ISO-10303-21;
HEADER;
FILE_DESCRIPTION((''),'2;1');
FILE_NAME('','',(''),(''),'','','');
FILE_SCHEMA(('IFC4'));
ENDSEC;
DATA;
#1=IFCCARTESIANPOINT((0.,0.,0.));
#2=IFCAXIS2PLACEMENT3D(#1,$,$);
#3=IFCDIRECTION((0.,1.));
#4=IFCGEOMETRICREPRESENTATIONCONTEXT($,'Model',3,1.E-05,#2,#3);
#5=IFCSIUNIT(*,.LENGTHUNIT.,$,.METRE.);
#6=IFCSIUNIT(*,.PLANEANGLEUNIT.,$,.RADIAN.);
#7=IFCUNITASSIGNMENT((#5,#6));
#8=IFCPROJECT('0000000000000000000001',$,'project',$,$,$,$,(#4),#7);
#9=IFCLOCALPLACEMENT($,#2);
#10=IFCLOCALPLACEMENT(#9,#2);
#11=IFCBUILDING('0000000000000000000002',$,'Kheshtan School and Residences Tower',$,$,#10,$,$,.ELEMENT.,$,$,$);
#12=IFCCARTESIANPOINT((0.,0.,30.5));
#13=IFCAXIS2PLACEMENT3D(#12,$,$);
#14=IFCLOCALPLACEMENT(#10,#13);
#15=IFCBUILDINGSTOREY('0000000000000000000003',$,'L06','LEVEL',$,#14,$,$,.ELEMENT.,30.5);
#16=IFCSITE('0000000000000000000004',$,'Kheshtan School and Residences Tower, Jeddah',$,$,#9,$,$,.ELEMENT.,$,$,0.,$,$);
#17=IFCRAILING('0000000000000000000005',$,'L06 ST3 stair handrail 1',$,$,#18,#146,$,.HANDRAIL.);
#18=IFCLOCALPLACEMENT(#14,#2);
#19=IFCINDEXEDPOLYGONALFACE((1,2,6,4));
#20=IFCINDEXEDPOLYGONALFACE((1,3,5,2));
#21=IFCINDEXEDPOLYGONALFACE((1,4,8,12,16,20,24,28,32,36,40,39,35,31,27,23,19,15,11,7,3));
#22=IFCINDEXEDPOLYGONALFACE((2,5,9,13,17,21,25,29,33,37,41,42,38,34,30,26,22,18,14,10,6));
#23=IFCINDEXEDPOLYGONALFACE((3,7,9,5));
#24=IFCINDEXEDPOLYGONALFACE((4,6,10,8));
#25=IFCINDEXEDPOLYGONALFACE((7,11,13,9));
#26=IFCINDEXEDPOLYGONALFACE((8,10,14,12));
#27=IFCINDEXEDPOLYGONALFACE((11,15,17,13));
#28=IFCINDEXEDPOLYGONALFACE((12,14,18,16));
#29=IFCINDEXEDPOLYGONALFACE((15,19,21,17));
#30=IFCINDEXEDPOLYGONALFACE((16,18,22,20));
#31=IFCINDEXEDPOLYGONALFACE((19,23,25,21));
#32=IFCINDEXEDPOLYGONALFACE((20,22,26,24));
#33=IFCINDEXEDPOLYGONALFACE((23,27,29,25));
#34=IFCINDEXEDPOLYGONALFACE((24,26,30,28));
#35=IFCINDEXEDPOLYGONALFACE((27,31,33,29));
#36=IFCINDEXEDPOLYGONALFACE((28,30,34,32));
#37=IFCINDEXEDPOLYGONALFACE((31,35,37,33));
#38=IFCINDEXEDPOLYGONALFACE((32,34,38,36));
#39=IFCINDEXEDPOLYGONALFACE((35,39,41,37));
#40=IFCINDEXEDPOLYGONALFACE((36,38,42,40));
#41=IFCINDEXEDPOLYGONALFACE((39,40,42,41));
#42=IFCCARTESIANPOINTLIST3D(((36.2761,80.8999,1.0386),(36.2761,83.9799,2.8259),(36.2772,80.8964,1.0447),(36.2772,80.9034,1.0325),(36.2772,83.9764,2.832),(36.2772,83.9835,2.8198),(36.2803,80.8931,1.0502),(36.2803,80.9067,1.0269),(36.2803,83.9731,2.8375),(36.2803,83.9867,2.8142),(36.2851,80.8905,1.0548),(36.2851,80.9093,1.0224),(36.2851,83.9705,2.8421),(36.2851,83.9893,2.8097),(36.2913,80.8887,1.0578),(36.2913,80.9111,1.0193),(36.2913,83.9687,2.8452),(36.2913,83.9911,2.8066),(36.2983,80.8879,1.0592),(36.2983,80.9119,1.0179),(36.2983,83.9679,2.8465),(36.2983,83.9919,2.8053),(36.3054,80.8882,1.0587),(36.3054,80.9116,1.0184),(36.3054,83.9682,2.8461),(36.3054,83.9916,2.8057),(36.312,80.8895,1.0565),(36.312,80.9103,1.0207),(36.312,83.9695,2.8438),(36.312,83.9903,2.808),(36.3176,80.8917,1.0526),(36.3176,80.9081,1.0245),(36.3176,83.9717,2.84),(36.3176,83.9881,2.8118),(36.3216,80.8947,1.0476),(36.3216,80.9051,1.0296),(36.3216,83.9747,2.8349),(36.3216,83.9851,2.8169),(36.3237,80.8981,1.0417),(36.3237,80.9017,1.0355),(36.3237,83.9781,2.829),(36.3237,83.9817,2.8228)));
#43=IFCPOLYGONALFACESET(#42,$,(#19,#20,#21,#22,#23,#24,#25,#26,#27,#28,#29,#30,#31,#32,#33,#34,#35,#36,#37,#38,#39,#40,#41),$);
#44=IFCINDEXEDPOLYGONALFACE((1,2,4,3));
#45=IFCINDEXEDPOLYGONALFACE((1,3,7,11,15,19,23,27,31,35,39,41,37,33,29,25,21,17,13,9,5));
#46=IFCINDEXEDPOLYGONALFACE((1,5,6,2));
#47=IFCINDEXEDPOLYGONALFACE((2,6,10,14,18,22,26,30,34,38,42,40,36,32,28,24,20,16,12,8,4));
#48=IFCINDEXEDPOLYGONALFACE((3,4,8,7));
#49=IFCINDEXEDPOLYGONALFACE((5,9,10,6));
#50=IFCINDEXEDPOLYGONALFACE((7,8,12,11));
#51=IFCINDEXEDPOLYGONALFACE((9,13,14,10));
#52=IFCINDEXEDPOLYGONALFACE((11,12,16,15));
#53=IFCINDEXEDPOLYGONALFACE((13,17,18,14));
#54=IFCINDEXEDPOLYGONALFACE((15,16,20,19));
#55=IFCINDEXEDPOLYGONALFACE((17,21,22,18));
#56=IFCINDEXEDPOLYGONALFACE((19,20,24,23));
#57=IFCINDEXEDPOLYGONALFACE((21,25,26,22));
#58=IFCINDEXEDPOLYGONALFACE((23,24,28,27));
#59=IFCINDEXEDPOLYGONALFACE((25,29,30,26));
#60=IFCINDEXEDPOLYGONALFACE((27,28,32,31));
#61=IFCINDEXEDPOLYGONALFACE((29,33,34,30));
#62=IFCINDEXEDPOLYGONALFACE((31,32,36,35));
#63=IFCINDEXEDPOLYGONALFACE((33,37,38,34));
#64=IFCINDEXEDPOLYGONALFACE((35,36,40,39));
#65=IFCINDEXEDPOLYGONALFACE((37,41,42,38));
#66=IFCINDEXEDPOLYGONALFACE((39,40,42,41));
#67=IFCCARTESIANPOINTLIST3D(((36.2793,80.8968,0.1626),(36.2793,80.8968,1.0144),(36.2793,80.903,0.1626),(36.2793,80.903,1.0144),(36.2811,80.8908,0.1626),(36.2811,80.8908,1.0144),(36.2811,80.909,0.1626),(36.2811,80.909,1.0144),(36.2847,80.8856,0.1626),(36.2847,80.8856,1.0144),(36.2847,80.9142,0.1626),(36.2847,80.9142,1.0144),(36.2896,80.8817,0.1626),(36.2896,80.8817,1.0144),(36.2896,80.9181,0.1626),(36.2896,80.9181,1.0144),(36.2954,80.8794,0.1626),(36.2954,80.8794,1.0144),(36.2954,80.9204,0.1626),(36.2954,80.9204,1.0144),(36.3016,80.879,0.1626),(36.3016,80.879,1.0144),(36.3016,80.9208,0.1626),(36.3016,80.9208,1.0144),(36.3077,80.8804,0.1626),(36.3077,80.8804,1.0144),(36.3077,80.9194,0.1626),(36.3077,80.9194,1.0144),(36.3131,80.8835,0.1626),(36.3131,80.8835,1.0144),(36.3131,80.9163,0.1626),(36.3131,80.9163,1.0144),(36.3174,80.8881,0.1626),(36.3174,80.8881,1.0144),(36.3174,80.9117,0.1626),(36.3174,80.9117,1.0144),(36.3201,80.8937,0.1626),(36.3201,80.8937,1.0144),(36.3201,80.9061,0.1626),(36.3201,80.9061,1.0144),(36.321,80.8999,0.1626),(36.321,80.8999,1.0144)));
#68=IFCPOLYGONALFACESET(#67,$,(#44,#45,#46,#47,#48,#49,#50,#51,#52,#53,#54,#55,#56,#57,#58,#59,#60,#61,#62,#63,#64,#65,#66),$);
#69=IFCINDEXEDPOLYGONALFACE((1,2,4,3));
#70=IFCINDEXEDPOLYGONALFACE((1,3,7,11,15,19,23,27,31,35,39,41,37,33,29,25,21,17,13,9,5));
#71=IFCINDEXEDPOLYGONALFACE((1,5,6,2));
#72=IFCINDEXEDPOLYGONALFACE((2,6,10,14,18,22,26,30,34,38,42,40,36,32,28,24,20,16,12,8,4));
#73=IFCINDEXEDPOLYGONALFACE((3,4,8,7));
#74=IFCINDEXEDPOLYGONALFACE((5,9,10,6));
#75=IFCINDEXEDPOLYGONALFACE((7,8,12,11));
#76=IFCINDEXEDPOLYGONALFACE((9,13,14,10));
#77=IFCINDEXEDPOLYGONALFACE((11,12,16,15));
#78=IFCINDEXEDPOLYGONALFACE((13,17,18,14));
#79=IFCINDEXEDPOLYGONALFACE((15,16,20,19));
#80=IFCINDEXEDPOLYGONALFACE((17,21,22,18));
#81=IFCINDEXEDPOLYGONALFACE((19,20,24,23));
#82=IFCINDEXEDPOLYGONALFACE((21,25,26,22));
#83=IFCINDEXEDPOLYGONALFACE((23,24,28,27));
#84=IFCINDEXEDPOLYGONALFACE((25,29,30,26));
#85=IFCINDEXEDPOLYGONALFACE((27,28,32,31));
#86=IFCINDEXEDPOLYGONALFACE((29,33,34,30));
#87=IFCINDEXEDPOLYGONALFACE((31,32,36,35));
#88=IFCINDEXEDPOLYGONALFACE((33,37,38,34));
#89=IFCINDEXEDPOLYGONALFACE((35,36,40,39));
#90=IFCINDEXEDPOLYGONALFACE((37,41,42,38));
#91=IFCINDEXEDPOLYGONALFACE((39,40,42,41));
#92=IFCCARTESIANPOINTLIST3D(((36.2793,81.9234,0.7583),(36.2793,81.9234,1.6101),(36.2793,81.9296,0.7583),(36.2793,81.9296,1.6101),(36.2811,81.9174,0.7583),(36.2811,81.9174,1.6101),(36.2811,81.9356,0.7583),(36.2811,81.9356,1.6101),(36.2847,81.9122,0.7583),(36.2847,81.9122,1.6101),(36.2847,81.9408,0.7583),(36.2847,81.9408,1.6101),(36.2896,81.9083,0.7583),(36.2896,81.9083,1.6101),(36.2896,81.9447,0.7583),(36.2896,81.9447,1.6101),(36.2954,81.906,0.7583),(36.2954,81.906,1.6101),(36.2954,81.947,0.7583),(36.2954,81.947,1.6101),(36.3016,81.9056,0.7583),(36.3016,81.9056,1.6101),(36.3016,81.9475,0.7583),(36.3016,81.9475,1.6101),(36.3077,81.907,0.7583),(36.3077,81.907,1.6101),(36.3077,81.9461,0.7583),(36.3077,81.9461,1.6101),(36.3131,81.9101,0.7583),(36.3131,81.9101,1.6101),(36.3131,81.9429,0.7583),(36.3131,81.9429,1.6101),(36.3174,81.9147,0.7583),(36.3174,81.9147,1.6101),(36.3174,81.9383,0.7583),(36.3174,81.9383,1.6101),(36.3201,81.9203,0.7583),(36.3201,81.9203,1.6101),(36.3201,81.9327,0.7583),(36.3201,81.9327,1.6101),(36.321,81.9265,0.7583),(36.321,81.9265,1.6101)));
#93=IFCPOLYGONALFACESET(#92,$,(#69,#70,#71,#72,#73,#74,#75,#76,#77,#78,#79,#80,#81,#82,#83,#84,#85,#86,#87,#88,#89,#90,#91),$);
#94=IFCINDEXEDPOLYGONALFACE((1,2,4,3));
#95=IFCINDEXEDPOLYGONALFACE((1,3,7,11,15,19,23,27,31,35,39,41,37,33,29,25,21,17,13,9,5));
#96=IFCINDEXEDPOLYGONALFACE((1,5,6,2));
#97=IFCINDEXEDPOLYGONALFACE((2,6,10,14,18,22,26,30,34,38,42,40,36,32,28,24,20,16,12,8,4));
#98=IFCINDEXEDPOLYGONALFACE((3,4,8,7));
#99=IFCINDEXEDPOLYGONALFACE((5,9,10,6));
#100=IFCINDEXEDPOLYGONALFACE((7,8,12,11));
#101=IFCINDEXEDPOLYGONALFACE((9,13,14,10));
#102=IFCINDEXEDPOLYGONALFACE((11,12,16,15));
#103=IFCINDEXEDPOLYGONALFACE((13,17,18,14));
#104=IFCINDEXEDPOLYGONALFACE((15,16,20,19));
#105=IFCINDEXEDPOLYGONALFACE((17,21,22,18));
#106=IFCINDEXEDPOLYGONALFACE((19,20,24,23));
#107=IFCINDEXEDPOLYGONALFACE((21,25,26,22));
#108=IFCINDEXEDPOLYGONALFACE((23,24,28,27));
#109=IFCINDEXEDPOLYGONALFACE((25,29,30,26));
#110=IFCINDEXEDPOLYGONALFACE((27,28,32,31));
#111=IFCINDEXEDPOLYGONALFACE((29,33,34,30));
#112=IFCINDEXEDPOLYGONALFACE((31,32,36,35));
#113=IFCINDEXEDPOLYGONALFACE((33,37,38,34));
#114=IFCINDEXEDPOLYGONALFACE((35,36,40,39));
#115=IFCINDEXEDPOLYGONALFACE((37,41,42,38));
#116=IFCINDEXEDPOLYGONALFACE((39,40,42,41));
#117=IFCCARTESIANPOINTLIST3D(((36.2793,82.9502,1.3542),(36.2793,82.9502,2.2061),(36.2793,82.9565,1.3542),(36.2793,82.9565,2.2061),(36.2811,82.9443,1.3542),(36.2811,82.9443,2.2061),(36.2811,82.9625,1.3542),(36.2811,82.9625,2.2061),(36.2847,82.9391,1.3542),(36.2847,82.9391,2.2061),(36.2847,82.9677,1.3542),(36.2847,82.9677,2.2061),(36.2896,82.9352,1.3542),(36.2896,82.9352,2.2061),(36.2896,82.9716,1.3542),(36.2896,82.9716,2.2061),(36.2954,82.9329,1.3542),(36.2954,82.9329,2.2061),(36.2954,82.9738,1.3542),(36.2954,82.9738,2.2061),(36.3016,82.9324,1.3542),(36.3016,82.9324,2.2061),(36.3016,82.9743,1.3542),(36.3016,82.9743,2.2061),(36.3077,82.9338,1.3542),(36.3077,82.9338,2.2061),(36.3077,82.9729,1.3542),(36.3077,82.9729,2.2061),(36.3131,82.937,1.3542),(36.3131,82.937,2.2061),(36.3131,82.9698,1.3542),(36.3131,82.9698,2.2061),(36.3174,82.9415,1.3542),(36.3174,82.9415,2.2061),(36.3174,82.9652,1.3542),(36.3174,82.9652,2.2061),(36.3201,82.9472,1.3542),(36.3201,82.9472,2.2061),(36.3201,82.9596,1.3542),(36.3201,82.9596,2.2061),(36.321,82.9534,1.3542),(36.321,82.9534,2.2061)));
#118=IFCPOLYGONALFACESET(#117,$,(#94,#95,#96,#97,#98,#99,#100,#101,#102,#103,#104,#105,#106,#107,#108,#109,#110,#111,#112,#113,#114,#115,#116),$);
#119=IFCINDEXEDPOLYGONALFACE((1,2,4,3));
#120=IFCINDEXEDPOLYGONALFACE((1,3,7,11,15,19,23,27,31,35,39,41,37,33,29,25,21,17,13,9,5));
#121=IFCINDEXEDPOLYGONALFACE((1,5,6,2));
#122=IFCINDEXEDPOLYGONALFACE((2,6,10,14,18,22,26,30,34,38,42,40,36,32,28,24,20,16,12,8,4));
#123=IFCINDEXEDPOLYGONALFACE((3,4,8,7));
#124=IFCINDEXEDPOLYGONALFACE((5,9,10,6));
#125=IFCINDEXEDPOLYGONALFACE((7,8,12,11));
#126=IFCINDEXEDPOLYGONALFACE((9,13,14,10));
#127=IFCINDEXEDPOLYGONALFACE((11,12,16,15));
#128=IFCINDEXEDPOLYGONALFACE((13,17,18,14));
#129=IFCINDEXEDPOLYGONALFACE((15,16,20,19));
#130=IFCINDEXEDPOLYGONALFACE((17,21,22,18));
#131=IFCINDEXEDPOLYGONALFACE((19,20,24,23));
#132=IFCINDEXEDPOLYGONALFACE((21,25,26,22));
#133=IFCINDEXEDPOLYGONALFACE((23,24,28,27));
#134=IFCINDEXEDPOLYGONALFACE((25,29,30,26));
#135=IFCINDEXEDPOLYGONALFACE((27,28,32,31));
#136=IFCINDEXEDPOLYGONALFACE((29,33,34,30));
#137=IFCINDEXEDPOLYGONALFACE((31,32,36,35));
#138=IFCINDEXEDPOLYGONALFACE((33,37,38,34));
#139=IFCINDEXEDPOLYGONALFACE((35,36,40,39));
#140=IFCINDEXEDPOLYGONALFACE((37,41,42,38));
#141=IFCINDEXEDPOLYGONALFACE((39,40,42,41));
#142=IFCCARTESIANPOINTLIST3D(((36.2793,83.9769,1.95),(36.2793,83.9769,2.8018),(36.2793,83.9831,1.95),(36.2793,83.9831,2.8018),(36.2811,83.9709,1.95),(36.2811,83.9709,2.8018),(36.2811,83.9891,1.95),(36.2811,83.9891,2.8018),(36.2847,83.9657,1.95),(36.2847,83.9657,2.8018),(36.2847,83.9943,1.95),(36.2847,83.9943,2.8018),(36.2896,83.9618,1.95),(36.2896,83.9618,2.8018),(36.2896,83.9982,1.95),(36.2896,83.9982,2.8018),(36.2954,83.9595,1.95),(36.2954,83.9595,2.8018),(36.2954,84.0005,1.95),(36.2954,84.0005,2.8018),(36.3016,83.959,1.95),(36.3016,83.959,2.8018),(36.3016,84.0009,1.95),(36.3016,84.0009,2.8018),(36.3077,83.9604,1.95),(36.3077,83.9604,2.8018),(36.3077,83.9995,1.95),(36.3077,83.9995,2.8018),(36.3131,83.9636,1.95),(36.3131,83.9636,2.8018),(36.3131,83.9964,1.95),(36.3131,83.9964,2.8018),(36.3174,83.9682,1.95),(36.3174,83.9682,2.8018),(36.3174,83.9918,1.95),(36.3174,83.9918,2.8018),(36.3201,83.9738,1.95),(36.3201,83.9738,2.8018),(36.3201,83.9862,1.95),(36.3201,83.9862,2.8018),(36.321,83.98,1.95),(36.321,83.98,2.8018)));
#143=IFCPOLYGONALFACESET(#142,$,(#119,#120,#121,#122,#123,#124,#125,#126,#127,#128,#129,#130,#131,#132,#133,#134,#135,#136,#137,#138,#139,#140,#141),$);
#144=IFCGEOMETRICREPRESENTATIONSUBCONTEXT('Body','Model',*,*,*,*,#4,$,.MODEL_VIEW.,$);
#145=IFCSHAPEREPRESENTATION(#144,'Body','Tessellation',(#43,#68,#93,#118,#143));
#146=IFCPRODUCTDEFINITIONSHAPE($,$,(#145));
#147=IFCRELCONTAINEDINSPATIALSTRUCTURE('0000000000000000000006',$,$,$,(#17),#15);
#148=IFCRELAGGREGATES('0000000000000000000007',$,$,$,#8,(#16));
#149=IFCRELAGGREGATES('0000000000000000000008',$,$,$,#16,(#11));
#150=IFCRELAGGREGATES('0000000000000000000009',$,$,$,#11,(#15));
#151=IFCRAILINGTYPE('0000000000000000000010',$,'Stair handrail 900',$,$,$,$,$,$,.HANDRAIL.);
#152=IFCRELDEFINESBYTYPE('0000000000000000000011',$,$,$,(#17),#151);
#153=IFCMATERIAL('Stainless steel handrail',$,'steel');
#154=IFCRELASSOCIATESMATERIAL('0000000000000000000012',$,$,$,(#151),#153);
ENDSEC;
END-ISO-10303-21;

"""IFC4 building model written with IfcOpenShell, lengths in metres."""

from ifc_helpers import new_model, si_unit, direction, frame, origin, origin_2d, place, context, subcontext, project, spatial, circle, extrude, material, type_object, element, save


model = new_model("IFC4")

# Units and contexts
model_context = context("Model", 3, precision=1e-05, world=origin(), true_north=direction((0.0, 1.0)))
body_context = subcontext(model_context, "Body", "Model", "MODEL_VIEW")
ifc_project = project(units=[si_unit("LENGTHUNIT", "METRE"), si_unit("PLANEANGLEUNIT", "RADIAN")], contexts=[model_context])

# Site, building, storey
site_placement = place(None, origin())
site = spatial("IfcSite", under=ifc_project, at=site_placement, Name="Kheshtan School and Residences Tower, Jeddah", CompositionType="ELEMENT", RefElevation=0.0)
building_placement = place(site_placement, origin())
building = spatial("IfcBuilding", under=site, at=building_placement, Name="Kheshtan School and Residences Tower", CompositionType="ELEMENT")
storey_placement = place(building_placement, frame((0.0, 0.0, 30.5)))
storey = spatial("IfcBuildingStorey", under=building, at=storey_placement, Name="L06", Description="LEVEL", CompositionType="ELEMENT", Elevation=30.5)

# Railing
ifc_material_1 = material(Name="Stainless steel handrail", Category="steel")
railing_type_1 = type_object("IfcRailingType", Name="Stair handrail 900", PredefinedType="HANDRAIL", material=ifc_material_1)
railing_1_placement = place(storey_placement, frame((36.3, 80.8999, 0.1626)))
element("IfcRailing", 1, at=railing_1_placement, inside=storey, type_object=railing_type_1, Name="L06 ST3 stair handrail 1", PredefinedType="HANDRAIL", context=body_context, shape_type="SweptSolid", body=[
    extrude(circle(Radius=0.0239, at=origin_2d()), frame((0.0, 0.0, 0.876), z_axis=(0.0, 0.86492, 0.501909), x_axis=(-1.0, 0.0, 0.0)), (0.0, 0.0, 1.0), 3.561),
    extrude(circle(Radius=0.021, at=origin_2d()), origin(), (0.0, 0.0, 1.0), 0.8518),
    extrude(circle(Radius=0.021, at=origin_2d()), frame((0.0, 1.0266, 0.5957)), (0.0, 0.0, 1.0), 0.8518),
    extrude(circle(Radius=0.021, at=origin_2d()), frame((0.0, 2.0535, 1.1917)), (0.0, 0.0, 1.0), 0.8518),
    extrude(circle(Radius=0.021, at=origin_2d()), frame((0.0, 3.0801, 1.7874)), (0.0, 0.0, 1.0), 0.8518),
])

save(model, "model.ifc")
